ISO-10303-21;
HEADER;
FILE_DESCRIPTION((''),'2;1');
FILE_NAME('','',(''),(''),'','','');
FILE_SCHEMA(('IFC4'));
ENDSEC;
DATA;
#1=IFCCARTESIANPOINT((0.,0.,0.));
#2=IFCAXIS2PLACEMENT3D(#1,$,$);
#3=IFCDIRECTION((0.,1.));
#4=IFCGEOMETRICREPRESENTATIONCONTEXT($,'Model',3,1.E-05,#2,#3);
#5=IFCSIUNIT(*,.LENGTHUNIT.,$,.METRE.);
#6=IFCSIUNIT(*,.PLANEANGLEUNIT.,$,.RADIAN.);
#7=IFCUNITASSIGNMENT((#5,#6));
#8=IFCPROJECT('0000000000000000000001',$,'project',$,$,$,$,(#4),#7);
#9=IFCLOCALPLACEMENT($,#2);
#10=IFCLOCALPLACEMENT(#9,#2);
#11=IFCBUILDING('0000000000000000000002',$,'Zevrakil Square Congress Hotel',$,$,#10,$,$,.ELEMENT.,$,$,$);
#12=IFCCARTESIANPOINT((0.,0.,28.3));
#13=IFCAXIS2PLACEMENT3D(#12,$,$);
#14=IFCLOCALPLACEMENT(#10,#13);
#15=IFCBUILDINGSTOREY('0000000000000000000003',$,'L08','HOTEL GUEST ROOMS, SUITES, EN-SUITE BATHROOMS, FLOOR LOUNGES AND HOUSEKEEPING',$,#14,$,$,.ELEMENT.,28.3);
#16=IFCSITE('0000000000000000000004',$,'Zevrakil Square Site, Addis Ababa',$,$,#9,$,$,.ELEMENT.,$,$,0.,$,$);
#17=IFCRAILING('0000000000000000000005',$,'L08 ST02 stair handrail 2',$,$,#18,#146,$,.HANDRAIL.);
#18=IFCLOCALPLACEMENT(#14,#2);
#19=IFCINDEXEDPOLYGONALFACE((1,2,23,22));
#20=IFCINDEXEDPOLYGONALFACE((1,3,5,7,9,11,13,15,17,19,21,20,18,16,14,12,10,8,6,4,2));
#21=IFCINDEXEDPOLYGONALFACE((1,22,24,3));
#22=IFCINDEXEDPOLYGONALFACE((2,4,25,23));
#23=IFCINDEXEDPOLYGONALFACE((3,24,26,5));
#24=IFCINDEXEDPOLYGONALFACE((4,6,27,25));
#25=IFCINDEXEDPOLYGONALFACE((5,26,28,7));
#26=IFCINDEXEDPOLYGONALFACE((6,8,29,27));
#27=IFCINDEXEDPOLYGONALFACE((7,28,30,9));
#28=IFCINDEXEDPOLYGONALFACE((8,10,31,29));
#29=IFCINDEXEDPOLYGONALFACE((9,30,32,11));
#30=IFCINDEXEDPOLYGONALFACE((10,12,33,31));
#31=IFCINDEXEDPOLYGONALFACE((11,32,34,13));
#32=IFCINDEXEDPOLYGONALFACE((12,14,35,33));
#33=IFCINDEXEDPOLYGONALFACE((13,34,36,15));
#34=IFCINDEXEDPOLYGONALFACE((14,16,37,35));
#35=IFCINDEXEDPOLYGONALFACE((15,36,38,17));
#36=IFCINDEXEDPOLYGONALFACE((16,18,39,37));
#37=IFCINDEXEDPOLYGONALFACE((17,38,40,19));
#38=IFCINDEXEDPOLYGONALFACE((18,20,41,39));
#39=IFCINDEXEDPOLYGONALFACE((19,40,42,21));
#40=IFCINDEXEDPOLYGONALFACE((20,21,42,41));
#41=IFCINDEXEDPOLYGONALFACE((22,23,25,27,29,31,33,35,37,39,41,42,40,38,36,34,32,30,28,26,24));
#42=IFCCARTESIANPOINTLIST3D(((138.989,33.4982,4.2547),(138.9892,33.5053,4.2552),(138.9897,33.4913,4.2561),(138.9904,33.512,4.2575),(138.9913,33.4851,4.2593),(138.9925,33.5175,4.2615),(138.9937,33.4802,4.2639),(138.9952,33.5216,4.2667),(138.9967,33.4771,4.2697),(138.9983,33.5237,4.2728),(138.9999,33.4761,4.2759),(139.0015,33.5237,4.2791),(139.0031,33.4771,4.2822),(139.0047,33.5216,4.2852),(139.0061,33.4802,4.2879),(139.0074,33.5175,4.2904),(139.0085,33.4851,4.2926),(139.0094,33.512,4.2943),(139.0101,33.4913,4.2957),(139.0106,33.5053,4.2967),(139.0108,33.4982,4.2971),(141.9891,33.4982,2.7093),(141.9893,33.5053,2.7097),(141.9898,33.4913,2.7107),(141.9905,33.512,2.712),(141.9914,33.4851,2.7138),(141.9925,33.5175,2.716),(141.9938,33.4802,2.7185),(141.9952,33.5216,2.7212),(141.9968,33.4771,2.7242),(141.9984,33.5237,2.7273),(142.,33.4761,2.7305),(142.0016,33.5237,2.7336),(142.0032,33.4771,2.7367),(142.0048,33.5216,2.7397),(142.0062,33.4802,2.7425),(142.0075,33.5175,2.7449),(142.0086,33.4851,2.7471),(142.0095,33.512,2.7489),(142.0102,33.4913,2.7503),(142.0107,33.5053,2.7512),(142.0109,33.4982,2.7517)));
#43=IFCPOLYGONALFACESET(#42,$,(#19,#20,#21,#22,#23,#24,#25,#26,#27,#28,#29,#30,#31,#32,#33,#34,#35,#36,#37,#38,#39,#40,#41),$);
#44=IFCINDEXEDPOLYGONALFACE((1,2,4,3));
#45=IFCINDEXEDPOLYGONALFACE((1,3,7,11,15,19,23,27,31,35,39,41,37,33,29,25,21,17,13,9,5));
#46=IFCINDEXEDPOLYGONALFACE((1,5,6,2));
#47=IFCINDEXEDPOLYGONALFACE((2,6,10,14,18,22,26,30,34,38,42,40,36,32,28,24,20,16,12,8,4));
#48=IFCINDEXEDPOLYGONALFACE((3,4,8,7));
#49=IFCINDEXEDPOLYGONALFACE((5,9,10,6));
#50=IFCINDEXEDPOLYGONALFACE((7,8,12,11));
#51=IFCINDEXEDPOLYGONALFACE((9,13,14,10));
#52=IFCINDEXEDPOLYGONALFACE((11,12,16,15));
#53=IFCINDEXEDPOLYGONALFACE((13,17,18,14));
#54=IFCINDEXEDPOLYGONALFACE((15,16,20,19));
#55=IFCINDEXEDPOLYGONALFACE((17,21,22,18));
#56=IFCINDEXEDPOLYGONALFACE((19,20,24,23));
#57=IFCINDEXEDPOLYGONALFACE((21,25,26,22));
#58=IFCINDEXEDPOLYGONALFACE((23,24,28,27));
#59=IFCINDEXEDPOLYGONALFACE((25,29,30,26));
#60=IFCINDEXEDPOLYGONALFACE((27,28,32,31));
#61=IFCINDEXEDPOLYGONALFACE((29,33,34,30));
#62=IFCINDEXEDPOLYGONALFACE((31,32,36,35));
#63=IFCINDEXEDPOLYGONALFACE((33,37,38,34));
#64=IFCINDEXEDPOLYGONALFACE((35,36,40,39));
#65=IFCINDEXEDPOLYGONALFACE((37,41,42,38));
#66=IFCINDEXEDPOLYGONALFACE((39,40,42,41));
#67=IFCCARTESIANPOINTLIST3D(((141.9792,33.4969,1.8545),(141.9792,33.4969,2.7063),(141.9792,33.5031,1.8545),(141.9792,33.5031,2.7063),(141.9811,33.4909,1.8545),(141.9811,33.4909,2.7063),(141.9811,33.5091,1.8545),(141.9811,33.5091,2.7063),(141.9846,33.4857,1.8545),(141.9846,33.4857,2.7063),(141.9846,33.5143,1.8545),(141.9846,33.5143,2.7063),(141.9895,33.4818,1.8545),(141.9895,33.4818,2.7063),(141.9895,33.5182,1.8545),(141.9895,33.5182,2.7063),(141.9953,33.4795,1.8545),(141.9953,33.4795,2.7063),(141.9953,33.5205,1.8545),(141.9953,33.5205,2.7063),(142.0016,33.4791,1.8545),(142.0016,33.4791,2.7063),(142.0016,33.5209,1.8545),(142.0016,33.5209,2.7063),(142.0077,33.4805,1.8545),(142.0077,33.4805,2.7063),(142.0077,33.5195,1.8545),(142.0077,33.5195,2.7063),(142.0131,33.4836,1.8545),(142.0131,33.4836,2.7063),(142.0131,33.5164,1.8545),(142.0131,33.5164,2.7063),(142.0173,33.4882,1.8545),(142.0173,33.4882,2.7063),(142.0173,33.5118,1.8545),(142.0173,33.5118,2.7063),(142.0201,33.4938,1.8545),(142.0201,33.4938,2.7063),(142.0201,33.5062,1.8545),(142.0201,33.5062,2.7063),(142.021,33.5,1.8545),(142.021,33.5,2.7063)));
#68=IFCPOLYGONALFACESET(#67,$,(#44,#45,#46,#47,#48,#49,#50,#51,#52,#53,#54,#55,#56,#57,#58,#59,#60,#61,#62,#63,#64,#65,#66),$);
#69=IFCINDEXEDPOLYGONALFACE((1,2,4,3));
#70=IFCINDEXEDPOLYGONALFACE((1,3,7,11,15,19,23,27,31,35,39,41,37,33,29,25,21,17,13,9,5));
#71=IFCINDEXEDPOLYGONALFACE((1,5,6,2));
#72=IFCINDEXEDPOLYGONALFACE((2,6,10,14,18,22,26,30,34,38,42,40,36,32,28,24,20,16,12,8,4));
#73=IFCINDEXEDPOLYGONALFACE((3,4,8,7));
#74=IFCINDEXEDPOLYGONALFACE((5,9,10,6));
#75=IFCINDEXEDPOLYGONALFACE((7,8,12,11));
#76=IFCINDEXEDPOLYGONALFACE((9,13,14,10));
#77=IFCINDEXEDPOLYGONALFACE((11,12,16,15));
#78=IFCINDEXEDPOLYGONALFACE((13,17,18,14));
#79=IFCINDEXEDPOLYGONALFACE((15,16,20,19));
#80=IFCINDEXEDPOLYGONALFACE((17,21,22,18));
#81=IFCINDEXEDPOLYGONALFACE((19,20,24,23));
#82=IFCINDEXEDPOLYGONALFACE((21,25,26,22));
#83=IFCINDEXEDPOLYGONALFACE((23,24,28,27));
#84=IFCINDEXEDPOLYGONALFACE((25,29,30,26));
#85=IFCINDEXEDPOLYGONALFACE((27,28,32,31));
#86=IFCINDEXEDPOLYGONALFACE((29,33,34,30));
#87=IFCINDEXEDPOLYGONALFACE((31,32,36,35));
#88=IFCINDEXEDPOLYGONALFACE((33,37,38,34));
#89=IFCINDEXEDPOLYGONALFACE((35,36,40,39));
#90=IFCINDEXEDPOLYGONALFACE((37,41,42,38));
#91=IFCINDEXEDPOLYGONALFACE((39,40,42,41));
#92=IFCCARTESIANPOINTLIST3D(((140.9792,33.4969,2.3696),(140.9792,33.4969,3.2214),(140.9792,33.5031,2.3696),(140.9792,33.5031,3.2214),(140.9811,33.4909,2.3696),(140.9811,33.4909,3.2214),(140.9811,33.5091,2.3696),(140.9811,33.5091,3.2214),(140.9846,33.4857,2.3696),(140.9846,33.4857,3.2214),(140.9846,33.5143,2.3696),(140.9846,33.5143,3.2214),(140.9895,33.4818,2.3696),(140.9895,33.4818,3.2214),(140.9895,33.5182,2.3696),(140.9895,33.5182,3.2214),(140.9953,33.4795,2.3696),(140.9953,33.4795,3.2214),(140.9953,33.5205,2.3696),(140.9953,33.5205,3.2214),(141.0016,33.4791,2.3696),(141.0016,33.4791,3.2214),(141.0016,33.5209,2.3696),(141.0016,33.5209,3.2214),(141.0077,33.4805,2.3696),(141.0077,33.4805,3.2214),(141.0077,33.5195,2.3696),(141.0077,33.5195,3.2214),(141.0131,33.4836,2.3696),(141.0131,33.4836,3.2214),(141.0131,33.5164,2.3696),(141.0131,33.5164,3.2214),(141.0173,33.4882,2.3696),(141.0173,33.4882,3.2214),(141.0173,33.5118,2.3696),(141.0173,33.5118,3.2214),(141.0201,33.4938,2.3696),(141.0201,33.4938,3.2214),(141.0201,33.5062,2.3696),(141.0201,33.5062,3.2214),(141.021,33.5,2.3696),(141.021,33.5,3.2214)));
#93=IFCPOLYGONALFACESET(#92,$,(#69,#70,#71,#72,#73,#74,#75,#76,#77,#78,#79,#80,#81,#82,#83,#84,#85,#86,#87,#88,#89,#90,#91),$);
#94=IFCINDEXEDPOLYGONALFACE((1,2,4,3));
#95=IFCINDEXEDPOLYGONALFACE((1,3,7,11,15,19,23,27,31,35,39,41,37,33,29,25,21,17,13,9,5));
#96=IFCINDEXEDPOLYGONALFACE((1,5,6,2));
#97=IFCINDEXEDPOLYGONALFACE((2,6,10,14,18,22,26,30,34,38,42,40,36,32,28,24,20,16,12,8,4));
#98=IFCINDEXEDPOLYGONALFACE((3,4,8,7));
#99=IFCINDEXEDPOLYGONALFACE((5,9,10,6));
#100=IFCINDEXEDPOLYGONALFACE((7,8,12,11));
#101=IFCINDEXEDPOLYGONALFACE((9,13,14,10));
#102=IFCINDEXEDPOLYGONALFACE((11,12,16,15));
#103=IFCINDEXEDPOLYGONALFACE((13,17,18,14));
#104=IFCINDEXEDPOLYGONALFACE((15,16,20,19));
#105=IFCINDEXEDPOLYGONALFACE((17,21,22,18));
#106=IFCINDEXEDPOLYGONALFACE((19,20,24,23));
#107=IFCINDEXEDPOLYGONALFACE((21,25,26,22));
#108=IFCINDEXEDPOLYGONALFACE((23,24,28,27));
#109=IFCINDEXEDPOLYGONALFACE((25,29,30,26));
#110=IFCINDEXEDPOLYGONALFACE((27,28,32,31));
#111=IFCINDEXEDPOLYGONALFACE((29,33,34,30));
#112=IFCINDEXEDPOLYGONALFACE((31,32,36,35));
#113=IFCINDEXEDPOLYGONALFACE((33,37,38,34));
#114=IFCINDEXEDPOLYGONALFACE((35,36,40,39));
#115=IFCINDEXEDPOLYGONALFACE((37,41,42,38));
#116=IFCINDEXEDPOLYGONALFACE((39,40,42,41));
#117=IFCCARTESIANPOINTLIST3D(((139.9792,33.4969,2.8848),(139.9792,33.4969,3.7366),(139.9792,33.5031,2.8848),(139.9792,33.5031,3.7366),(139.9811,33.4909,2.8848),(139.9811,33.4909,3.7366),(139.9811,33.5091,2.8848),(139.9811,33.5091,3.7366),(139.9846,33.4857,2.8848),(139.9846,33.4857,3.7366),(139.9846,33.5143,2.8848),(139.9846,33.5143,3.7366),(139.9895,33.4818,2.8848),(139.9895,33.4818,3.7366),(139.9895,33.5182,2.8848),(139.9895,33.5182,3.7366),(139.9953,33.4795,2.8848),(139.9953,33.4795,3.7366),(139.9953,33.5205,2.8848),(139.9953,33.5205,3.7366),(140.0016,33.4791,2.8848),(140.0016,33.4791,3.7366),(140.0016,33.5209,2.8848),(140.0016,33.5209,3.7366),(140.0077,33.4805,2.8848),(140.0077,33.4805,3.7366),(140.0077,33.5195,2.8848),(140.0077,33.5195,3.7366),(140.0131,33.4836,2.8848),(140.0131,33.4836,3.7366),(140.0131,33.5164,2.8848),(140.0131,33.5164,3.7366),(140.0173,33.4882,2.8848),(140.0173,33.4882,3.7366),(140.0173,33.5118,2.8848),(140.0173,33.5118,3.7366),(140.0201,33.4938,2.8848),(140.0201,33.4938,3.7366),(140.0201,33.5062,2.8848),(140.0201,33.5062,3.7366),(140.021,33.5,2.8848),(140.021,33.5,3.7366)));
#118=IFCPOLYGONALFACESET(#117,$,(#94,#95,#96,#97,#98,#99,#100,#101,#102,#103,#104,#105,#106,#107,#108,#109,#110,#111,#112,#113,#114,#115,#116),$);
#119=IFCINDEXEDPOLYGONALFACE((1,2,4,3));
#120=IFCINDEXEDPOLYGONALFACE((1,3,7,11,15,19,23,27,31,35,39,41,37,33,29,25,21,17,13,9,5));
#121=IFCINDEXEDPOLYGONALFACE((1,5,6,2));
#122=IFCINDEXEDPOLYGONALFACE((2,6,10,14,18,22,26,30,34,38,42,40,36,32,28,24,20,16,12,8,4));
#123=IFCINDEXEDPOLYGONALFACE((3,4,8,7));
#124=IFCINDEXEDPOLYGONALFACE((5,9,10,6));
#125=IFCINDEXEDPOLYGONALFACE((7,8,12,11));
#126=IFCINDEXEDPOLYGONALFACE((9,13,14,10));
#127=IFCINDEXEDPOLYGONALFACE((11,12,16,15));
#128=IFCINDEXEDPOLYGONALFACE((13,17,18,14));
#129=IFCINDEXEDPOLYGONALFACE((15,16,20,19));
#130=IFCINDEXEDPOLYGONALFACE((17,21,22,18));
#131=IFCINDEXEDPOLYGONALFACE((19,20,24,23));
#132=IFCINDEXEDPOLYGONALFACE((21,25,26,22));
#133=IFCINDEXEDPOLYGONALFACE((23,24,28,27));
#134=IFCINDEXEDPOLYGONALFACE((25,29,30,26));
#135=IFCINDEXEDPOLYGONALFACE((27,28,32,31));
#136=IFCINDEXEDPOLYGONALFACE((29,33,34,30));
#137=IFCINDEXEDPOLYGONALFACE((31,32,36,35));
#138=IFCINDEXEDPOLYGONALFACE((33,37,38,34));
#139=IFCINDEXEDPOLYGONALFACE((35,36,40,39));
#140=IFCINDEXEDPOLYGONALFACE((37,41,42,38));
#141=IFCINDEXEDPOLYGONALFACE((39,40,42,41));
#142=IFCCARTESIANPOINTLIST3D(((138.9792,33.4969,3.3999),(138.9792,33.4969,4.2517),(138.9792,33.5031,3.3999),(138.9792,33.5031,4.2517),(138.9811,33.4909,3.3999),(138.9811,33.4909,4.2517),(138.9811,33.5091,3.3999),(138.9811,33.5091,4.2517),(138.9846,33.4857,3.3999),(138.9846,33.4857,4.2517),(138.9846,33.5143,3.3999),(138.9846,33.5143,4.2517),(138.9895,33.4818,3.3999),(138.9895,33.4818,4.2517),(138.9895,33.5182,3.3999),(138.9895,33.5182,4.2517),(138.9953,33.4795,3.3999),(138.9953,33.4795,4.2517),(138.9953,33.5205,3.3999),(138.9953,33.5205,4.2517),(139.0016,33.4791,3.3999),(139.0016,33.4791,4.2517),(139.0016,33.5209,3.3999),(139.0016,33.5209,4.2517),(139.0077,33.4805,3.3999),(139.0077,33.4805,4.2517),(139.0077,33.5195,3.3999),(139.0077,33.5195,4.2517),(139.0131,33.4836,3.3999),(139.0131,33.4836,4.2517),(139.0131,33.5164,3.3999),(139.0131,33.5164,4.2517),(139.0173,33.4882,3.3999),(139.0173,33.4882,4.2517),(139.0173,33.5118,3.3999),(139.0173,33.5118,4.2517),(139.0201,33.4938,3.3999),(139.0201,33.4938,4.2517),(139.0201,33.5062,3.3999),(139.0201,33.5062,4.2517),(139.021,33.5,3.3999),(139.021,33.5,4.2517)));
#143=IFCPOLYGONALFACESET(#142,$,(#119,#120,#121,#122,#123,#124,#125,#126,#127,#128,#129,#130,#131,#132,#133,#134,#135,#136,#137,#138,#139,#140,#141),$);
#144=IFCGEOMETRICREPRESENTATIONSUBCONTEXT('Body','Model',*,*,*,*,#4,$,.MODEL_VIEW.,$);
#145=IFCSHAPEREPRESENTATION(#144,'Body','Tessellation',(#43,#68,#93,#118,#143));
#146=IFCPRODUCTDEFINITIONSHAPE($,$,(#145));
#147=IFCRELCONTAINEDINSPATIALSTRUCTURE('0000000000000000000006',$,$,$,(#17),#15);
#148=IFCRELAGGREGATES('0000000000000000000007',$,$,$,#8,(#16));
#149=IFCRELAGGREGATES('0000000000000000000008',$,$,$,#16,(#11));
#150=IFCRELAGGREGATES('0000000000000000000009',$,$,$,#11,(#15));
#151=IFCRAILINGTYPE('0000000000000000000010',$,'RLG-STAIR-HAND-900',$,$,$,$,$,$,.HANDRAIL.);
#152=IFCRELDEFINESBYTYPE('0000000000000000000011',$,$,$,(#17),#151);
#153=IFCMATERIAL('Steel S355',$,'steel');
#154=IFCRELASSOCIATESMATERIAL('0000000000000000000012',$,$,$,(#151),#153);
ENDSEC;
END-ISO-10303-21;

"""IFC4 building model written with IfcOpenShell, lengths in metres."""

from ifc_helpers import new_model, si_unit, direction, frame, origin, origin_2d, place, context, subcontext, project, spatial, circle, extrude, material, type_object, element, save


model = new_model("IFC4")

# Units and contexts
model_context = context("Model", 3, precision=1e-05, world=origin(), true_north=direction((0.0, 1.0)))
body_context = subcontext(model_context, "Body", "Model", "MODEL_VIEW")
ifc_project = project(units=[si_unit("LENGTHUNIT", "METRE"), si_unit("PLANEANGLEUNIT", "RADIAN")], contexts=[model_context])

# Site, building, storey
site_placement = place(None, origin())
site = spatial("IfcSite", under=ifc_project, at=site_placement, Name="Zevrakil Square Site, Addis Ababa", CompositionType="ELEMENT", RefElevation=0.0)
building_placement = place(site_placement, origin())
building = spatial("IfcBuilding", under=site, at=building_placement, Name="Zevrakil Square Congress Hotel", CompositionType="ELEMENT")
storey_placement = place(building_placement, frame((0.0, 0.0, 28.3)))
storey = spatial("IfcBuildingStorey", under=building, at=storey_placement, Name="L08", Description="HOTEL GUEST ROOMS, SUITES, EN-SUITE BATHROOMS, FLOOR LOUNGES AND HOUSEKEEPING", CompositionType="ELEMENT", Elevation=28.3)

# Railing
ifc_material_1 = material(Name="Steel S355", Category="steel")
railing_type_1 = type_object("IfcRailingType", Name="RLG-STAIR-HAND-900", PredefinedType="HANDRAIL", material=ifc_material_1)
railing_1_placement = place(storey_placement, frame((142.0, 33.5, 1.8545)))
element("IfcRailing", 1, at=railing_1_placement, inside=storey, type_object=railing_type_1, Name="L08 ST02 stair handrail 2", PredefinedType="HANDRAIL", context=body_context, shape_type="SweptSolid", body=[
    extrude(circle(Radius=0.0239, at=origin_2d()), frame((0.0, 0.0, 0.876), z_axis=(-0.88898, 0.0, 0.457946), x_axis=(0.0, -1.0, 0.0)), (0.0, 0.0, 1.0), 3.3748),
    extrude(circle(Radius=0.021, at=origin_2d()), origin(), (0.0, 0.0, 1.0), 0.8518),
    extrude(circle(Radius=0.021, at=origin_2d()), frame((-1.0, 0.0, 0.5151)), (0.0, 0.0, 1.0), 0.8518),
    extrude(circle(Radius=0.021, at=origin_2d()), frame((-2.0, 0.0, 1.0303)), (0.0, 0.0, 1.0), 0.8518),
    extrude(circle(Radius=0.021, at=origin_2d()), frame((-3.0, 0.0, 1.5454)), (0.0, 0.0, 1.0), 0.8518),
])

save(model, "model.ifc")
